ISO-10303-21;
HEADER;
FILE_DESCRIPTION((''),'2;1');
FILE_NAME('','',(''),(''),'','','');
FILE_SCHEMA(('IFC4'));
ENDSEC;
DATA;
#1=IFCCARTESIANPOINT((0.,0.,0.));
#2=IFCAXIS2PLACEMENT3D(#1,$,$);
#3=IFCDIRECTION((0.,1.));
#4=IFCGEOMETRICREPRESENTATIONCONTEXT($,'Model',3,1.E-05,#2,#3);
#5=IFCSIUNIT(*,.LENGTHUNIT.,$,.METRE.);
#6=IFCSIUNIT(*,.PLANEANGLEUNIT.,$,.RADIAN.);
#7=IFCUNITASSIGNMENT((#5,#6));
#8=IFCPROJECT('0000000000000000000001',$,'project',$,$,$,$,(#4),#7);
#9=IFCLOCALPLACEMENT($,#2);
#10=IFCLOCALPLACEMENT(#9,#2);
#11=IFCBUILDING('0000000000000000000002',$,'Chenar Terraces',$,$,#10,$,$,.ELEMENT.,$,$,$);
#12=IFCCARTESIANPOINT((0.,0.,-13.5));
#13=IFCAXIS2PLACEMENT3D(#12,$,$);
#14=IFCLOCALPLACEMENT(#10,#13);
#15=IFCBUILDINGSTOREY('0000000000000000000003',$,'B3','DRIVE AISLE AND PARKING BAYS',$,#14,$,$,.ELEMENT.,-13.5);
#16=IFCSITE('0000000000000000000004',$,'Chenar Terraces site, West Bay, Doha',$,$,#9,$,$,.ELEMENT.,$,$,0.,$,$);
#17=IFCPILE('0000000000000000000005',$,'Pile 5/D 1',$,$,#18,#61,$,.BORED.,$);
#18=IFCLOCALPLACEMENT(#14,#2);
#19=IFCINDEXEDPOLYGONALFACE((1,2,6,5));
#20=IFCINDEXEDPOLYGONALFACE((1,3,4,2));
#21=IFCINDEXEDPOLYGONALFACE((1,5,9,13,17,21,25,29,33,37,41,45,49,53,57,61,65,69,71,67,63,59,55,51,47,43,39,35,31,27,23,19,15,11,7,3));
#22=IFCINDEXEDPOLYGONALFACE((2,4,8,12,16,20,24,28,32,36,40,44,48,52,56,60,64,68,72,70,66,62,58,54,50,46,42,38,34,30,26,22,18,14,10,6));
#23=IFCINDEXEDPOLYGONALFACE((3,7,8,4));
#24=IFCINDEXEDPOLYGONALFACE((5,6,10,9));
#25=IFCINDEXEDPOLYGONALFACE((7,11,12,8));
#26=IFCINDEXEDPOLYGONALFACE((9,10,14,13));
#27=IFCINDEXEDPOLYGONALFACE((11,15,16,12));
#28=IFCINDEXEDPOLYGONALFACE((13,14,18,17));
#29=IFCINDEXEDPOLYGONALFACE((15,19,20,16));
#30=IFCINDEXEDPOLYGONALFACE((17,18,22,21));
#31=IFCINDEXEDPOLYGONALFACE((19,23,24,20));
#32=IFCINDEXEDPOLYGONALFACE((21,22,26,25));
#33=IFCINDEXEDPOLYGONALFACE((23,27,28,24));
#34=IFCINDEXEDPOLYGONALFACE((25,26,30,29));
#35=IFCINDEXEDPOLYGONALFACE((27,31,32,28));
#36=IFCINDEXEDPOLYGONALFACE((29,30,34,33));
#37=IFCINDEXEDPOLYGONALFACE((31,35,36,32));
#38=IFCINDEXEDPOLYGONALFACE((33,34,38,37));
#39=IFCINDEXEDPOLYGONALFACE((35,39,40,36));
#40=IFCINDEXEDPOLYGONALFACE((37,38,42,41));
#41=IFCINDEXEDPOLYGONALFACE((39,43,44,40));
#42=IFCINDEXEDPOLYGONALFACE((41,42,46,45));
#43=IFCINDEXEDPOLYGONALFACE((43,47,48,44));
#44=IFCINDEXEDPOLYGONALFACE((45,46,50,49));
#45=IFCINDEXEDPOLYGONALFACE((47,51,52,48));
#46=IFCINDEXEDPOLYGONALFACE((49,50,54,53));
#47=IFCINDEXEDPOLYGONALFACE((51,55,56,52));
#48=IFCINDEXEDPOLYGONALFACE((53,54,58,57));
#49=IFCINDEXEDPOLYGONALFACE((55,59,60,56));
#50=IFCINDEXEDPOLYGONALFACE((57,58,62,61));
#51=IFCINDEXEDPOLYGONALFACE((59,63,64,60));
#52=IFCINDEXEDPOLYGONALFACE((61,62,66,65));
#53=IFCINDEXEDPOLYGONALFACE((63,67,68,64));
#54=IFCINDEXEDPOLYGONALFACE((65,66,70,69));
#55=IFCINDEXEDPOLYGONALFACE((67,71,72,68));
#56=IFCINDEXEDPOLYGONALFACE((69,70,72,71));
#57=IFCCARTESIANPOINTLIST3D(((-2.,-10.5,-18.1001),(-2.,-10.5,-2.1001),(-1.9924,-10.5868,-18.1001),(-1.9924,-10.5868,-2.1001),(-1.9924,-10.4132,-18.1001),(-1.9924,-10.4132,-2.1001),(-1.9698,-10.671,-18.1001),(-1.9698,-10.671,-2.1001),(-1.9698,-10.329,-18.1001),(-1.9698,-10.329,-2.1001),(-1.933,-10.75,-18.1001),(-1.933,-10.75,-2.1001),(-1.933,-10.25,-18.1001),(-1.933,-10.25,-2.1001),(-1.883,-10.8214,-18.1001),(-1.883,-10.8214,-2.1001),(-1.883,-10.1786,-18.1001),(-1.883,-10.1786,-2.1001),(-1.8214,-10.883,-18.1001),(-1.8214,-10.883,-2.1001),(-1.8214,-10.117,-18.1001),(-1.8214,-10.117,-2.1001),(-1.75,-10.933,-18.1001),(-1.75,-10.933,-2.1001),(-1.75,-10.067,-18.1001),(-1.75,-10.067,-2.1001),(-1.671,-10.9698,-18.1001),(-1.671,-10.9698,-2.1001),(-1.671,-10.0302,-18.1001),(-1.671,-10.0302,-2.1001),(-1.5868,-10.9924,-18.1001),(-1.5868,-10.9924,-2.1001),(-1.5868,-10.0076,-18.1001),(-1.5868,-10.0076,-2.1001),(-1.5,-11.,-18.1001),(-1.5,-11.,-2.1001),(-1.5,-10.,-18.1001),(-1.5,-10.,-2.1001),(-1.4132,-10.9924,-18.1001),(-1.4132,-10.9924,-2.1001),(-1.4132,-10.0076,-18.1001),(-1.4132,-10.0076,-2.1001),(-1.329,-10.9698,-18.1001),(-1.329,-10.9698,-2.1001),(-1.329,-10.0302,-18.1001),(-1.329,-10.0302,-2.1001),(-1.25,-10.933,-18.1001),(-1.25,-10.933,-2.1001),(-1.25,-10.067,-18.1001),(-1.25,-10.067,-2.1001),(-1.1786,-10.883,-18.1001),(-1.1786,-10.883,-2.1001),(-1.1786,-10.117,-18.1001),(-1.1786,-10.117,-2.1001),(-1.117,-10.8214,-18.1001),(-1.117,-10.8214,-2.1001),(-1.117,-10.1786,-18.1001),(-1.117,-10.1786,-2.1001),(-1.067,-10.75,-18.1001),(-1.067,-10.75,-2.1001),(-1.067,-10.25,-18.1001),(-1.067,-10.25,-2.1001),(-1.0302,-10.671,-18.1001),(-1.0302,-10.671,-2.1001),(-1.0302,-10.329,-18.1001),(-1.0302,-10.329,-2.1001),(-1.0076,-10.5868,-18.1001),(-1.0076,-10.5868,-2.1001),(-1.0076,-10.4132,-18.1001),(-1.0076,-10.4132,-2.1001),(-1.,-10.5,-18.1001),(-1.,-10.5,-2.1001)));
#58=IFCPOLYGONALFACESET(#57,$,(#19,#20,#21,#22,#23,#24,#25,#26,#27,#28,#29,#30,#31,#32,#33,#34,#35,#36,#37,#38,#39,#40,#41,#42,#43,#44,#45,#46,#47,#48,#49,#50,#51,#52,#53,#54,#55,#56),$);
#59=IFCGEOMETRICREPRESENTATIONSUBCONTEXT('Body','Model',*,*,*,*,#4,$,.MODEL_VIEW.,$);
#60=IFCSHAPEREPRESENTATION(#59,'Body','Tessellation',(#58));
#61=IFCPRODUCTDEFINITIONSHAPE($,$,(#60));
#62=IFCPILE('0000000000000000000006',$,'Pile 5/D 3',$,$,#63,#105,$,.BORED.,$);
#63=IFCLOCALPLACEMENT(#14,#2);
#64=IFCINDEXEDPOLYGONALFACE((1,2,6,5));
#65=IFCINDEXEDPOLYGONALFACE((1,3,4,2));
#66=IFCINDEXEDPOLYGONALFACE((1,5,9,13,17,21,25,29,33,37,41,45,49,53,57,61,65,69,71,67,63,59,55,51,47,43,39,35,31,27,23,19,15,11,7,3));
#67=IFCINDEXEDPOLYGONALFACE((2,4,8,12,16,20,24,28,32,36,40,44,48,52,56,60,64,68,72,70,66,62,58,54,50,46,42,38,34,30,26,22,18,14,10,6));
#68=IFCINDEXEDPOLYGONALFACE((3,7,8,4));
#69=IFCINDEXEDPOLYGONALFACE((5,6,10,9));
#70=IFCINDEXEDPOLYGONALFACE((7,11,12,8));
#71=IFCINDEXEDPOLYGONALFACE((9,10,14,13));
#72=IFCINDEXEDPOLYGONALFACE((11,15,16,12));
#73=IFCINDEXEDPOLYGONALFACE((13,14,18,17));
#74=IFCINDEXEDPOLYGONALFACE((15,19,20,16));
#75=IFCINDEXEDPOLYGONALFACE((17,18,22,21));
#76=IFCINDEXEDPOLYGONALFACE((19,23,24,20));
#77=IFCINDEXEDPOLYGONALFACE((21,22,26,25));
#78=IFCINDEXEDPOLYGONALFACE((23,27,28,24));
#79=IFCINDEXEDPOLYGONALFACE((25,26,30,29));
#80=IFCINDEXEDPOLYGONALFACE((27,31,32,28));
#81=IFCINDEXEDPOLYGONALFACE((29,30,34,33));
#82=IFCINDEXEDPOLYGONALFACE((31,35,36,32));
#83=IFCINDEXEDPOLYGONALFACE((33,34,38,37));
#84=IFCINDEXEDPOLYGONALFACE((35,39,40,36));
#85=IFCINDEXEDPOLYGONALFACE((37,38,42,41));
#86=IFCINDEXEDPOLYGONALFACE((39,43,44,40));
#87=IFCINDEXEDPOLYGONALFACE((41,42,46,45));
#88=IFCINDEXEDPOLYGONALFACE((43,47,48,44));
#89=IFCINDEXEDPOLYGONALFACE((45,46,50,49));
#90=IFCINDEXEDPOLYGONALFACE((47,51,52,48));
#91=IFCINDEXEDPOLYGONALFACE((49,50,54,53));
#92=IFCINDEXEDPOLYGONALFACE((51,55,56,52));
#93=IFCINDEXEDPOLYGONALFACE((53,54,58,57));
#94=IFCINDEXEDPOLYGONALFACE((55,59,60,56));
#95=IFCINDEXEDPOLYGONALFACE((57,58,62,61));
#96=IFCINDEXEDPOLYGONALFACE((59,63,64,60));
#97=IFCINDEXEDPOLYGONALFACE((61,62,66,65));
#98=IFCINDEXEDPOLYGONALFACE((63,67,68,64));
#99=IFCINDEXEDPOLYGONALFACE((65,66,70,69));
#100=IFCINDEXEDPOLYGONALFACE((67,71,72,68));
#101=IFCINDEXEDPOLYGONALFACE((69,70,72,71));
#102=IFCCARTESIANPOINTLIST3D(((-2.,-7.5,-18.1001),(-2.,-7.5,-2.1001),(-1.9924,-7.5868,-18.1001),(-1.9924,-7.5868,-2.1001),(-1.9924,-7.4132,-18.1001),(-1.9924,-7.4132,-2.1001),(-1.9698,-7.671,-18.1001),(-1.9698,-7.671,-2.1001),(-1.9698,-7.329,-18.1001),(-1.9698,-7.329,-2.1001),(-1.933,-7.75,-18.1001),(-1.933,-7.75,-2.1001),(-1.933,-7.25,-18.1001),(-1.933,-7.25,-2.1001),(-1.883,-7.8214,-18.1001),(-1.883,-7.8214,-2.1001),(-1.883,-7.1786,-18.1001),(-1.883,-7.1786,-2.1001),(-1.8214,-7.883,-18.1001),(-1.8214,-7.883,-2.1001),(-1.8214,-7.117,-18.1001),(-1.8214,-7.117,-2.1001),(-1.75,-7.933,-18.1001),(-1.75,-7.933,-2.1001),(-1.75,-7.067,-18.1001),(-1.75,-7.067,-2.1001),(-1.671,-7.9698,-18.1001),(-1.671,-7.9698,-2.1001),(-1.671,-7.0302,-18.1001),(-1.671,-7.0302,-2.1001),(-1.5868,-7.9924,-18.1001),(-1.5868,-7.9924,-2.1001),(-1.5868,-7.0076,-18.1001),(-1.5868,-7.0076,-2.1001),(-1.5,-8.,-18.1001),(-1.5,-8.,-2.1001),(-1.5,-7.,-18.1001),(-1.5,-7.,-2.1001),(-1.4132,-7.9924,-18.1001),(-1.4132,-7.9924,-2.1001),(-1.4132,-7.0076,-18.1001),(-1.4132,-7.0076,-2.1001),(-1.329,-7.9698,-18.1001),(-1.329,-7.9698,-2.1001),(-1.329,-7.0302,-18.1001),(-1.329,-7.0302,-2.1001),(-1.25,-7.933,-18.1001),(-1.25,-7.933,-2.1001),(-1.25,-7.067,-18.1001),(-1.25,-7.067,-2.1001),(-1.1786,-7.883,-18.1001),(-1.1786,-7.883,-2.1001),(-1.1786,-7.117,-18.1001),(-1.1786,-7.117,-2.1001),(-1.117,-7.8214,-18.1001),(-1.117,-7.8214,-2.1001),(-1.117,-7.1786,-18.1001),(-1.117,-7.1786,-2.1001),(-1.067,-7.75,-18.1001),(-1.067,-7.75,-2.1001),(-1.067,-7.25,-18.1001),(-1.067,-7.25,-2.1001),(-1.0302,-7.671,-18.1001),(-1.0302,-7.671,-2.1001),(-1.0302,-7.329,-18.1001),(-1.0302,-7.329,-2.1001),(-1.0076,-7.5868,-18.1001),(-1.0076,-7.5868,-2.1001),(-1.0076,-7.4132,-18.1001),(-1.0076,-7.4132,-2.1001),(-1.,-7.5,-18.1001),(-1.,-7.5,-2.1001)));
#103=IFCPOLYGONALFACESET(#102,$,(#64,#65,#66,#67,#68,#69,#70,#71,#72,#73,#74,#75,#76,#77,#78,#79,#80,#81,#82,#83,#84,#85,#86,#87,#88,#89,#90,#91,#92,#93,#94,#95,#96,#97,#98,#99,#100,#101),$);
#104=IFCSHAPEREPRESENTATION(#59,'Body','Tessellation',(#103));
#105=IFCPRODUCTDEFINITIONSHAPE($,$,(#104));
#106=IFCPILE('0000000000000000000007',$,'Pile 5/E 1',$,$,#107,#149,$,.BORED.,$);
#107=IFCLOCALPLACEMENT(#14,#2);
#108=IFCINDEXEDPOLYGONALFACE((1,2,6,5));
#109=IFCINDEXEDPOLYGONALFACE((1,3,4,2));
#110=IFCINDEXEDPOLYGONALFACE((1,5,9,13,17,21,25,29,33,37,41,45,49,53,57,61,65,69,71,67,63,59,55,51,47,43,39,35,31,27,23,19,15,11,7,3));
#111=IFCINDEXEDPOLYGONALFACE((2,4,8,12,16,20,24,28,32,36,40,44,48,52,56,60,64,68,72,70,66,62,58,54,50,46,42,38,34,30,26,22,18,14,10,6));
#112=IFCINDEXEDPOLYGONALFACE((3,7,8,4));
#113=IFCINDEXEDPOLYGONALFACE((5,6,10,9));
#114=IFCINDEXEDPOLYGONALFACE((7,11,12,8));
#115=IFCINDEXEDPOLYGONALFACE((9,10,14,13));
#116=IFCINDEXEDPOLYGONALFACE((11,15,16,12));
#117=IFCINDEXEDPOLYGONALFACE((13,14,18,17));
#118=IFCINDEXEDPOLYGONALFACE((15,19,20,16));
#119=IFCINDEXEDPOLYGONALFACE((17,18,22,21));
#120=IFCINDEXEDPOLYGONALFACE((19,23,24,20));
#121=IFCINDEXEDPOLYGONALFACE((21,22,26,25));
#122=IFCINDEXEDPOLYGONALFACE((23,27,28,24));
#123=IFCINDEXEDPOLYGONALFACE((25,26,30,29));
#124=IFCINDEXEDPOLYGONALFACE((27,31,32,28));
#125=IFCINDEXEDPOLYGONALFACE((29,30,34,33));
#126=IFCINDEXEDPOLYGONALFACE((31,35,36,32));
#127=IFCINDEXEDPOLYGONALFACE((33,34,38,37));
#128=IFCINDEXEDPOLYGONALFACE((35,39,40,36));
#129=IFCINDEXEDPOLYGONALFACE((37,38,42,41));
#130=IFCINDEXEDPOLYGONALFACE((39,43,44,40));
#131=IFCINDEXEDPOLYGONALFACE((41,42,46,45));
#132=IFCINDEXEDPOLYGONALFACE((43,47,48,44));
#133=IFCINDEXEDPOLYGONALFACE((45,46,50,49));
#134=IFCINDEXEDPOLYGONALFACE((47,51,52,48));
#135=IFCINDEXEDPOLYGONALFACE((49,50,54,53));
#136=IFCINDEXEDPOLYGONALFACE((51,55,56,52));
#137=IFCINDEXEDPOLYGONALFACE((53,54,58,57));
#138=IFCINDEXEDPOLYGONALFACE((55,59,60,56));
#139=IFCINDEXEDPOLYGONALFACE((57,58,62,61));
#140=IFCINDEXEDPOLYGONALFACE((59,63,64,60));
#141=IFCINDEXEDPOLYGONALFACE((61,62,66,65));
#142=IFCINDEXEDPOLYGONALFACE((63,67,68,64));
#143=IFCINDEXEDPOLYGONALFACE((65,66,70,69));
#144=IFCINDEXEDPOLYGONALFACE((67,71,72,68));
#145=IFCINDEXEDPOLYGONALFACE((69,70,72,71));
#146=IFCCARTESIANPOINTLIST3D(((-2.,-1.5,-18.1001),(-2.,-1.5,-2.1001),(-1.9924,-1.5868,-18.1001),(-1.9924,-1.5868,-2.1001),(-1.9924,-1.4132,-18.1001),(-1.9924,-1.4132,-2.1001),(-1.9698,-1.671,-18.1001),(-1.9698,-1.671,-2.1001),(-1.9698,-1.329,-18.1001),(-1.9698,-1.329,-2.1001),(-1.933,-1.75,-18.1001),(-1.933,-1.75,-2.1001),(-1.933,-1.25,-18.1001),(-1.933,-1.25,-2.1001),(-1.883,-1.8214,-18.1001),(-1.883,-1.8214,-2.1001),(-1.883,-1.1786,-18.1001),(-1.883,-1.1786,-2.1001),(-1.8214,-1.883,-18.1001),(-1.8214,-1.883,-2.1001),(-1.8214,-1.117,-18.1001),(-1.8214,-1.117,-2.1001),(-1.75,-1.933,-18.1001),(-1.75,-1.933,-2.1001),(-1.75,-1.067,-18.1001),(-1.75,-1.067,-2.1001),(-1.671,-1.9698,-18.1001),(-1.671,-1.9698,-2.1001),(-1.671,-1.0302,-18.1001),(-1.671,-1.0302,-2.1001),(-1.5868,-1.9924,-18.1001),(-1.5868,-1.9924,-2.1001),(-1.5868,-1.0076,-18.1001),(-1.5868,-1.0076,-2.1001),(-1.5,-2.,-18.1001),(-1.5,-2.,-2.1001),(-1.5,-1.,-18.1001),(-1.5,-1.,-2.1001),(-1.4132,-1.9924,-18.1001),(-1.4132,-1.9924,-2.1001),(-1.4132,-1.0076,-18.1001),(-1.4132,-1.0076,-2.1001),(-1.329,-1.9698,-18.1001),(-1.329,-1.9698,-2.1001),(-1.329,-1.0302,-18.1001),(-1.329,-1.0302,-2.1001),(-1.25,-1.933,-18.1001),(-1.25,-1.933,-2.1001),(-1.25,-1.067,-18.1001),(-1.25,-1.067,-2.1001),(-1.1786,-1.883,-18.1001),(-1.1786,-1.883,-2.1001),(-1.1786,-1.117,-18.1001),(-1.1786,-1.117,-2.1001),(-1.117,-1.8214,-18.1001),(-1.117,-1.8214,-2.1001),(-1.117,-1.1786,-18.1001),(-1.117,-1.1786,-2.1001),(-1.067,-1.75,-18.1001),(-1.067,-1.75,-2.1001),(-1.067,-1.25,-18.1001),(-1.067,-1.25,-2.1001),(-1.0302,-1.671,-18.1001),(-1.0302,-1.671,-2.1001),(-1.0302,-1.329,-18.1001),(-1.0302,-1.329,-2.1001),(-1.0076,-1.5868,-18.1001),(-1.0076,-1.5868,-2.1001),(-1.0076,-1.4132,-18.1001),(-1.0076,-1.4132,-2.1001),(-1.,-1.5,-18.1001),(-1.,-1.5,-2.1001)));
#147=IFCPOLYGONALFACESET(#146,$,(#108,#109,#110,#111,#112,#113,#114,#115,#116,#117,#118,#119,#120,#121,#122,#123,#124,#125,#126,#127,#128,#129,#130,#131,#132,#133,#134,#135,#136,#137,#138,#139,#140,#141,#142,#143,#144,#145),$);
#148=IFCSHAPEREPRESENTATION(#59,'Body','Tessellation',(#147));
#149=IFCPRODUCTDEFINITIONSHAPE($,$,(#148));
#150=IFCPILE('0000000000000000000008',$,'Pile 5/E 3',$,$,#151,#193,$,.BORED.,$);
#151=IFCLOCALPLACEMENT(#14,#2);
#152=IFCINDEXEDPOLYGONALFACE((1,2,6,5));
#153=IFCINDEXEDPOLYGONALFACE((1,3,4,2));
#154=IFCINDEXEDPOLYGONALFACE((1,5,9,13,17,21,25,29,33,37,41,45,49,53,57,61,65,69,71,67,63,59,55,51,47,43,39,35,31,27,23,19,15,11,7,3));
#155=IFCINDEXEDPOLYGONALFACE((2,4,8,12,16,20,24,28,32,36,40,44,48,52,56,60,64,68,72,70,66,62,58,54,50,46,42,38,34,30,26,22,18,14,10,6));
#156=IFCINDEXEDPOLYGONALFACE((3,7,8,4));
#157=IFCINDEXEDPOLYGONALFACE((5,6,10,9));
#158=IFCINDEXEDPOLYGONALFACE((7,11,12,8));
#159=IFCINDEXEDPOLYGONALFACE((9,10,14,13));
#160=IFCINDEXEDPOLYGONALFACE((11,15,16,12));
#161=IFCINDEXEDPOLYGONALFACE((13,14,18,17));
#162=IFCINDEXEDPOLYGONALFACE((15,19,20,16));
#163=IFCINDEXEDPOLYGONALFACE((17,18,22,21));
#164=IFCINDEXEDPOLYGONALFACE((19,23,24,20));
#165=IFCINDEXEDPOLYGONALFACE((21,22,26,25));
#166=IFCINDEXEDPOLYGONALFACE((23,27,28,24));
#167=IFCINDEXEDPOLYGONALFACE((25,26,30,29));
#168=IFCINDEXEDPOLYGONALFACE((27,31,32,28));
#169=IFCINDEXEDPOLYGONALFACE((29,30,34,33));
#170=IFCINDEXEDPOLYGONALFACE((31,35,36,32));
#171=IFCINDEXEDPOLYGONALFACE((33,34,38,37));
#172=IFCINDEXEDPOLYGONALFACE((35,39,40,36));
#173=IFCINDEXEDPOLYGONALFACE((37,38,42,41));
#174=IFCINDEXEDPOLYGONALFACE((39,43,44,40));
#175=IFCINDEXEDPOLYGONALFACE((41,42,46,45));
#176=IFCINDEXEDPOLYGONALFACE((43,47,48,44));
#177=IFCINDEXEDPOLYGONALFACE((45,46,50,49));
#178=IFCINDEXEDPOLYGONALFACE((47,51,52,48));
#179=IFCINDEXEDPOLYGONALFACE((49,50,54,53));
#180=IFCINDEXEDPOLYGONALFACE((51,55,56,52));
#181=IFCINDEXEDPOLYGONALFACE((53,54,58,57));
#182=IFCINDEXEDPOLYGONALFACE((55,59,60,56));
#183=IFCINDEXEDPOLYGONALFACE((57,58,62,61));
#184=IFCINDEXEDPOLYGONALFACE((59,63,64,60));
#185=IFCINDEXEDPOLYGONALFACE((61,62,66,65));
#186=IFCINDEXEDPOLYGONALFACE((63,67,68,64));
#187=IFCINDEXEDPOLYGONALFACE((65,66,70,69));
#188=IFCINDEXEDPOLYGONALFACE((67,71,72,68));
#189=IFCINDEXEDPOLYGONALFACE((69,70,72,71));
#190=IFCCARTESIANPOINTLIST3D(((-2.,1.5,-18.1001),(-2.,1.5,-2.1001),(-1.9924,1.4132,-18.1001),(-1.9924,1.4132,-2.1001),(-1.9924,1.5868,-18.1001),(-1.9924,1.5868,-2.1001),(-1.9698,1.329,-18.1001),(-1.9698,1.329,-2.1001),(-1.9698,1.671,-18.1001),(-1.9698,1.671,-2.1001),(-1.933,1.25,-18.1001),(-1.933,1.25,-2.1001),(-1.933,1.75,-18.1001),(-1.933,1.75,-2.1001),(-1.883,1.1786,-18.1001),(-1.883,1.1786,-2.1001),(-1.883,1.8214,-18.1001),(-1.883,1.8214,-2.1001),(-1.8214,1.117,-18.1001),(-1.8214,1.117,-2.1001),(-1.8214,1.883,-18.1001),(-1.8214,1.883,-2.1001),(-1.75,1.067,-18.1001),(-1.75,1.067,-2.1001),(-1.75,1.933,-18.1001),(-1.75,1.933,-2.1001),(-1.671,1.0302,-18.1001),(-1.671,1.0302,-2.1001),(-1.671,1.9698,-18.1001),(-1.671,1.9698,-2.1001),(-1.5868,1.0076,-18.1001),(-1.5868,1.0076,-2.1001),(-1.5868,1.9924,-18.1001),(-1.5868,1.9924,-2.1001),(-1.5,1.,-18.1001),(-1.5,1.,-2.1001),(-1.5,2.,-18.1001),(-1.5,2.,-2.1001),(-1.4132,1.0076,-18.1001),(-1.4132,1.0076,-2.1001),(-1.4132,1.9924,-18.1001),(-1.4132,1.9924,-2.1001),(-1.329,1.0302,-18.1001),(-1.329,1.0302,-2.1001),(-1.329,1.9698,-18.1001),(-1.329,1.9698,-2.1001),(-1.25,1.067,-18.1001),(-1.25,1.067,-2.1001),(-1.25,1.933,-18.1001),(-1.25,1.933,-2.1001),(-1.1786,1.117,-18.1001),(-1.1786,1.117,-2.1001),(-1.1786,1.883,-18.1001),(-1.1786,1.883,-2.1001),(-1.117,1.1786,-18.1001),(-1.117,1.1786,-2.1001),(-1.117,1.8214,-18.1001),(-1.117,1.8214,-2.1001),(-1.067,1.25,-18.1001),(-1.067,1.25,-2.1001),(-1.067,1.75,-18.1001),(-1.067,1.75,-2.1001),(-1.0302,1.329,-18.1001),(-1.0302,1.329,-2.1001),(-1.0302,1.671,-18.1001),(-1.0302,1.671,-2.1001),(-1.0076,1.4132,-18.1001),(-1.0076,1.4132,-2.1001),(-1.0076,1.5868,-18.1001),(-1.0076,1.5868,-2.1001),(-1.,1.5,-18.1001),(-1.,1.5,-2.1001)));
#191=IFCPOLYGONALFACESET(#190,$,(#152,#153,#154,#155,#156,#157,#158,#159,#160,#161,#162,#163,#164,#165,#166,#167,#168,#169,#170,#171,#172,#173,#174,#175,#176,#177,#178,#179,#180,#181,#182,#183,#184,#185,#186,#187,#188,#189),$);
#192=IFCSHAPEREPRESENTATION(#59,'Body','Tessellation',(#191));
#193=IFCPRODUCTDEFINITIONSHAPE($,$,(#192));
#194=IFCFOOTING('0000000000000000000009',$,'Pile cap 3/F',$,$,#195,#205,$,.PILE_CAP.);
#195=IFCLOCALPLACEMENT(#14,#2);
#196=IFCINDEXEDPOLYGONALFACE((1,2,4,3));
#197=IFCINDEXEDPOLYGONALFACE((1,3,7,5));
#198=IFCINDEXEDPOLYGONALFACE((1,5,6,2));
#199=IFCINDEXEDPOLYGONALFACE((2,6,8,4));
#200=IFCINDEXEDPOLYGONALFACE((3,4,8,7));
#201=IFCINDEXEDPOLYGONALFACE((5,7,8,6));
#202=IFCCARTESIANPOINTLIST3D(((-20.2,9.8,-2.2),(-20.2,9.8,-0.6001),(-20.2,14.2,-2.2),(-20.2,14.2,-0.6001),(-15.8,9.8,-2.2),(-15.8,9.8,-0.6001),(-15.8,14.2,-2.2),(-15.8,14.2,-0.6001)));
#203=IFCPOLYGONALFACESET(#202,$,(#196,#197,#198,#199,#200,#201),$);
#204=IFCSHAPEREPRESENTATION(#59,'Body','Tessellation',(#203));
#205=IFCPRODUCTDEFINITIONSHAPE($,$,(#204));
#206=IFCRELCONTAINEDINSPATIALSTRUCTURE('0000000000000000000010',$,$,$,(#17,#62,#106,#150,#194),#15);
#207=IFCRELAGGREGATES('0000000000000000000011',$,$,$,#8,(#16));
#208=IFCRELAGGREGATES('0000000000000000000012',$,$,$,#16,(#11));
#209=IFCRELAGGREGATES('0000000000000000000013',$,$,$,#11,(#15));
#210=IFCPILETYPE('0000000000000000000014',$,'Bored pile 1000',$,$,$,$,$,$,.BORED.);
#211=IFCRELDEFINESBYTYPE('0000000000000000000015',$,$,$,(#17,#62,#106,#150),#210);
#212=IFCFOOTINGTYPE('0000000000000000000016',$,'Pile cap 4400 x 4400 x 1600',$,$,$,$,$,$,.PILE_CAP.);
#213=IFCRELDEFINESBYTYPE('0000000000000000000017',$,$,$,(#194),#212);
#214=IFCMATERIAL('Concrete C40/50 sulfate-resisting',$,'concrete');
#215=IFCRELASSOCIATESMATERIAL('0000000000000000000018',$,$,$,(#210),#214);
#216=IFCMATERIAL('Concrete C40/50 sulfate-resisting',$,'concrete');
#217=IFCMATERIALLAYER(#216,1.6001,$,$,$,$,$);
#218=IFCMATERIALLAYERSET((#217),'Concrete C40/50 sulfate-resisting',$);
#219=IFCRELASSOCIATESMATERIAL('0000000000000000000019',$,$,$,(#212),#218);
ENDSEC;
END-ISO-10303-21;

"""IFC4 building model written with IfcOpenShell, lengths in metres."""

from ifc_helpers import new_model, si_unit, direction, frame, origin, origin_2d, place, context, subcontext, project, spatial, polyline, circle, outline, extrude, material, layer, layer_set, material_profile, profile_set, type_object, element, save


model = new_model("IFC4")

# Units and contexts
model_context = context("Model", 3, precision=1e-05, world=origin(), true_north=direction((0.0, 1.0)))
body_context = subcontext(model_context, "Body", "Model", "MODEL_VIEW")
ifc_project = project(units=[si_unit("LENGTHUNIT", "METRE"), si_unit("PLANEANGLEUNIT", "RADIAN")], contexts=[model_context])

# Site, building, storey
site_placement = place(None, origin())
site = spatial("IfcSite", under=ifc_project, at=site_placement, Name="Chenar Terraces site, West Bay, Doha", CompositionType="ELEMENT", RefElevation=0.0)
building_placement = place(site_placement, origin())
building = spatial("IfcBuilding", under=site, at=building_placement, Name="Chenar Terraces", CompositionType="ELEMENT")
storey_placement = place(building_placement, frame((0.0, 0.0, -13.5)))
storey = spatial("IfcBuildingStorey", under=building, at=storey_placement, Name="B3", Description="DRIVE AISLE AND PARKING BAYS", CompositionType="ELEMENT", Elevation=-13.5)

# Piles
ifc_material_1 = material(Name="Concrete C40/50 sulfate-resisting", Category="concrete")
ifc_material_profile_1 = material_profile(ifc_material_1, circle(Radius=0.5, at=origin_2d()), Name="BP 1000")
ifc_profile_set_1 = profile_set([ifc_material_profile_1], Name="Concrete C40/50 sulfate-resisting")
pile_type = type_object("IfcPileType", Name="Bored pile 1000", PredefinedType="BORED", material=ifc_profile_set_1)
for number, where, z_axis, x_axis, name in (
    (1, (-1.5, -10.5, -2.1001), (0.0, 0.0, -1.0), (1.0, 0.0, 0.0), "Pile 5/D 1"),
    (2, (-1.5, -7.5, -2.1001), (0.0, 0.0, -1.0), (1.0, 0.0, 0.0), "Pile 5/D 3"),
    (3, (-1.5, -1.5, -2.1001), (0.0, 0.0, -1.0), (1.0, 0.0, 0.0), "Pile 5/E 1"),
    (4, (-1.5, 1.5, -2.1001), (0.0, 0.0, -1.0), (1.0, 0.0, 0.0), "Pile 5/E 3"),
):
    element("IfcPile", number, at=place(storey_placement, frame(where, z_axis=z_axis, x_axis=x_axis)), inside=storey, type_object=pile_type, Name=name, PredefinedType="BORED", context=body_context, shape_type="SweptSolid", body=[
        extrude(circle(Radius=0.5, at=origin_2d()), origin(), (0.0, 0.0, 1.0), 16.0),
    ])

# Footing
ifc_material_2 = material(Name="Concrete C40/50 sulfate-resisting", Category="concrete")
ifc_layer_1 = layer(ifc_material_2, 1.6001)
ifc_layer_set_1 = layer_set([ifc_layer_1], Name="Concrete C40/50 sulfate-resisting")
footing_type_1 = type_object("IfcFootingType", Name="Pile cap 4400 x 4400 x 1600", PredefinedType="PILE_CAP", material=ifc_layer_set_1)
placement = place(storey_placement, frame((0.0, 0.0, -2.2)))
element("IfcFooting", 5, at=placement, inside=storey, type_object=footing_type_1, Name="Pile cap 3/F", PredefinedType="PILE_CAP", context=body_context, shape_type="SweptSolid", body=[
    extrude(outline(polyline([(-15.8, 9.8), (-15.8, 14.2), (-20.2, 14.2), (-20.2, 9.8), (-15.8, 9.8)])), origin(), (0.0, 0.0, 1.0), 1.5999),
])

save(model, "model.ifc")
